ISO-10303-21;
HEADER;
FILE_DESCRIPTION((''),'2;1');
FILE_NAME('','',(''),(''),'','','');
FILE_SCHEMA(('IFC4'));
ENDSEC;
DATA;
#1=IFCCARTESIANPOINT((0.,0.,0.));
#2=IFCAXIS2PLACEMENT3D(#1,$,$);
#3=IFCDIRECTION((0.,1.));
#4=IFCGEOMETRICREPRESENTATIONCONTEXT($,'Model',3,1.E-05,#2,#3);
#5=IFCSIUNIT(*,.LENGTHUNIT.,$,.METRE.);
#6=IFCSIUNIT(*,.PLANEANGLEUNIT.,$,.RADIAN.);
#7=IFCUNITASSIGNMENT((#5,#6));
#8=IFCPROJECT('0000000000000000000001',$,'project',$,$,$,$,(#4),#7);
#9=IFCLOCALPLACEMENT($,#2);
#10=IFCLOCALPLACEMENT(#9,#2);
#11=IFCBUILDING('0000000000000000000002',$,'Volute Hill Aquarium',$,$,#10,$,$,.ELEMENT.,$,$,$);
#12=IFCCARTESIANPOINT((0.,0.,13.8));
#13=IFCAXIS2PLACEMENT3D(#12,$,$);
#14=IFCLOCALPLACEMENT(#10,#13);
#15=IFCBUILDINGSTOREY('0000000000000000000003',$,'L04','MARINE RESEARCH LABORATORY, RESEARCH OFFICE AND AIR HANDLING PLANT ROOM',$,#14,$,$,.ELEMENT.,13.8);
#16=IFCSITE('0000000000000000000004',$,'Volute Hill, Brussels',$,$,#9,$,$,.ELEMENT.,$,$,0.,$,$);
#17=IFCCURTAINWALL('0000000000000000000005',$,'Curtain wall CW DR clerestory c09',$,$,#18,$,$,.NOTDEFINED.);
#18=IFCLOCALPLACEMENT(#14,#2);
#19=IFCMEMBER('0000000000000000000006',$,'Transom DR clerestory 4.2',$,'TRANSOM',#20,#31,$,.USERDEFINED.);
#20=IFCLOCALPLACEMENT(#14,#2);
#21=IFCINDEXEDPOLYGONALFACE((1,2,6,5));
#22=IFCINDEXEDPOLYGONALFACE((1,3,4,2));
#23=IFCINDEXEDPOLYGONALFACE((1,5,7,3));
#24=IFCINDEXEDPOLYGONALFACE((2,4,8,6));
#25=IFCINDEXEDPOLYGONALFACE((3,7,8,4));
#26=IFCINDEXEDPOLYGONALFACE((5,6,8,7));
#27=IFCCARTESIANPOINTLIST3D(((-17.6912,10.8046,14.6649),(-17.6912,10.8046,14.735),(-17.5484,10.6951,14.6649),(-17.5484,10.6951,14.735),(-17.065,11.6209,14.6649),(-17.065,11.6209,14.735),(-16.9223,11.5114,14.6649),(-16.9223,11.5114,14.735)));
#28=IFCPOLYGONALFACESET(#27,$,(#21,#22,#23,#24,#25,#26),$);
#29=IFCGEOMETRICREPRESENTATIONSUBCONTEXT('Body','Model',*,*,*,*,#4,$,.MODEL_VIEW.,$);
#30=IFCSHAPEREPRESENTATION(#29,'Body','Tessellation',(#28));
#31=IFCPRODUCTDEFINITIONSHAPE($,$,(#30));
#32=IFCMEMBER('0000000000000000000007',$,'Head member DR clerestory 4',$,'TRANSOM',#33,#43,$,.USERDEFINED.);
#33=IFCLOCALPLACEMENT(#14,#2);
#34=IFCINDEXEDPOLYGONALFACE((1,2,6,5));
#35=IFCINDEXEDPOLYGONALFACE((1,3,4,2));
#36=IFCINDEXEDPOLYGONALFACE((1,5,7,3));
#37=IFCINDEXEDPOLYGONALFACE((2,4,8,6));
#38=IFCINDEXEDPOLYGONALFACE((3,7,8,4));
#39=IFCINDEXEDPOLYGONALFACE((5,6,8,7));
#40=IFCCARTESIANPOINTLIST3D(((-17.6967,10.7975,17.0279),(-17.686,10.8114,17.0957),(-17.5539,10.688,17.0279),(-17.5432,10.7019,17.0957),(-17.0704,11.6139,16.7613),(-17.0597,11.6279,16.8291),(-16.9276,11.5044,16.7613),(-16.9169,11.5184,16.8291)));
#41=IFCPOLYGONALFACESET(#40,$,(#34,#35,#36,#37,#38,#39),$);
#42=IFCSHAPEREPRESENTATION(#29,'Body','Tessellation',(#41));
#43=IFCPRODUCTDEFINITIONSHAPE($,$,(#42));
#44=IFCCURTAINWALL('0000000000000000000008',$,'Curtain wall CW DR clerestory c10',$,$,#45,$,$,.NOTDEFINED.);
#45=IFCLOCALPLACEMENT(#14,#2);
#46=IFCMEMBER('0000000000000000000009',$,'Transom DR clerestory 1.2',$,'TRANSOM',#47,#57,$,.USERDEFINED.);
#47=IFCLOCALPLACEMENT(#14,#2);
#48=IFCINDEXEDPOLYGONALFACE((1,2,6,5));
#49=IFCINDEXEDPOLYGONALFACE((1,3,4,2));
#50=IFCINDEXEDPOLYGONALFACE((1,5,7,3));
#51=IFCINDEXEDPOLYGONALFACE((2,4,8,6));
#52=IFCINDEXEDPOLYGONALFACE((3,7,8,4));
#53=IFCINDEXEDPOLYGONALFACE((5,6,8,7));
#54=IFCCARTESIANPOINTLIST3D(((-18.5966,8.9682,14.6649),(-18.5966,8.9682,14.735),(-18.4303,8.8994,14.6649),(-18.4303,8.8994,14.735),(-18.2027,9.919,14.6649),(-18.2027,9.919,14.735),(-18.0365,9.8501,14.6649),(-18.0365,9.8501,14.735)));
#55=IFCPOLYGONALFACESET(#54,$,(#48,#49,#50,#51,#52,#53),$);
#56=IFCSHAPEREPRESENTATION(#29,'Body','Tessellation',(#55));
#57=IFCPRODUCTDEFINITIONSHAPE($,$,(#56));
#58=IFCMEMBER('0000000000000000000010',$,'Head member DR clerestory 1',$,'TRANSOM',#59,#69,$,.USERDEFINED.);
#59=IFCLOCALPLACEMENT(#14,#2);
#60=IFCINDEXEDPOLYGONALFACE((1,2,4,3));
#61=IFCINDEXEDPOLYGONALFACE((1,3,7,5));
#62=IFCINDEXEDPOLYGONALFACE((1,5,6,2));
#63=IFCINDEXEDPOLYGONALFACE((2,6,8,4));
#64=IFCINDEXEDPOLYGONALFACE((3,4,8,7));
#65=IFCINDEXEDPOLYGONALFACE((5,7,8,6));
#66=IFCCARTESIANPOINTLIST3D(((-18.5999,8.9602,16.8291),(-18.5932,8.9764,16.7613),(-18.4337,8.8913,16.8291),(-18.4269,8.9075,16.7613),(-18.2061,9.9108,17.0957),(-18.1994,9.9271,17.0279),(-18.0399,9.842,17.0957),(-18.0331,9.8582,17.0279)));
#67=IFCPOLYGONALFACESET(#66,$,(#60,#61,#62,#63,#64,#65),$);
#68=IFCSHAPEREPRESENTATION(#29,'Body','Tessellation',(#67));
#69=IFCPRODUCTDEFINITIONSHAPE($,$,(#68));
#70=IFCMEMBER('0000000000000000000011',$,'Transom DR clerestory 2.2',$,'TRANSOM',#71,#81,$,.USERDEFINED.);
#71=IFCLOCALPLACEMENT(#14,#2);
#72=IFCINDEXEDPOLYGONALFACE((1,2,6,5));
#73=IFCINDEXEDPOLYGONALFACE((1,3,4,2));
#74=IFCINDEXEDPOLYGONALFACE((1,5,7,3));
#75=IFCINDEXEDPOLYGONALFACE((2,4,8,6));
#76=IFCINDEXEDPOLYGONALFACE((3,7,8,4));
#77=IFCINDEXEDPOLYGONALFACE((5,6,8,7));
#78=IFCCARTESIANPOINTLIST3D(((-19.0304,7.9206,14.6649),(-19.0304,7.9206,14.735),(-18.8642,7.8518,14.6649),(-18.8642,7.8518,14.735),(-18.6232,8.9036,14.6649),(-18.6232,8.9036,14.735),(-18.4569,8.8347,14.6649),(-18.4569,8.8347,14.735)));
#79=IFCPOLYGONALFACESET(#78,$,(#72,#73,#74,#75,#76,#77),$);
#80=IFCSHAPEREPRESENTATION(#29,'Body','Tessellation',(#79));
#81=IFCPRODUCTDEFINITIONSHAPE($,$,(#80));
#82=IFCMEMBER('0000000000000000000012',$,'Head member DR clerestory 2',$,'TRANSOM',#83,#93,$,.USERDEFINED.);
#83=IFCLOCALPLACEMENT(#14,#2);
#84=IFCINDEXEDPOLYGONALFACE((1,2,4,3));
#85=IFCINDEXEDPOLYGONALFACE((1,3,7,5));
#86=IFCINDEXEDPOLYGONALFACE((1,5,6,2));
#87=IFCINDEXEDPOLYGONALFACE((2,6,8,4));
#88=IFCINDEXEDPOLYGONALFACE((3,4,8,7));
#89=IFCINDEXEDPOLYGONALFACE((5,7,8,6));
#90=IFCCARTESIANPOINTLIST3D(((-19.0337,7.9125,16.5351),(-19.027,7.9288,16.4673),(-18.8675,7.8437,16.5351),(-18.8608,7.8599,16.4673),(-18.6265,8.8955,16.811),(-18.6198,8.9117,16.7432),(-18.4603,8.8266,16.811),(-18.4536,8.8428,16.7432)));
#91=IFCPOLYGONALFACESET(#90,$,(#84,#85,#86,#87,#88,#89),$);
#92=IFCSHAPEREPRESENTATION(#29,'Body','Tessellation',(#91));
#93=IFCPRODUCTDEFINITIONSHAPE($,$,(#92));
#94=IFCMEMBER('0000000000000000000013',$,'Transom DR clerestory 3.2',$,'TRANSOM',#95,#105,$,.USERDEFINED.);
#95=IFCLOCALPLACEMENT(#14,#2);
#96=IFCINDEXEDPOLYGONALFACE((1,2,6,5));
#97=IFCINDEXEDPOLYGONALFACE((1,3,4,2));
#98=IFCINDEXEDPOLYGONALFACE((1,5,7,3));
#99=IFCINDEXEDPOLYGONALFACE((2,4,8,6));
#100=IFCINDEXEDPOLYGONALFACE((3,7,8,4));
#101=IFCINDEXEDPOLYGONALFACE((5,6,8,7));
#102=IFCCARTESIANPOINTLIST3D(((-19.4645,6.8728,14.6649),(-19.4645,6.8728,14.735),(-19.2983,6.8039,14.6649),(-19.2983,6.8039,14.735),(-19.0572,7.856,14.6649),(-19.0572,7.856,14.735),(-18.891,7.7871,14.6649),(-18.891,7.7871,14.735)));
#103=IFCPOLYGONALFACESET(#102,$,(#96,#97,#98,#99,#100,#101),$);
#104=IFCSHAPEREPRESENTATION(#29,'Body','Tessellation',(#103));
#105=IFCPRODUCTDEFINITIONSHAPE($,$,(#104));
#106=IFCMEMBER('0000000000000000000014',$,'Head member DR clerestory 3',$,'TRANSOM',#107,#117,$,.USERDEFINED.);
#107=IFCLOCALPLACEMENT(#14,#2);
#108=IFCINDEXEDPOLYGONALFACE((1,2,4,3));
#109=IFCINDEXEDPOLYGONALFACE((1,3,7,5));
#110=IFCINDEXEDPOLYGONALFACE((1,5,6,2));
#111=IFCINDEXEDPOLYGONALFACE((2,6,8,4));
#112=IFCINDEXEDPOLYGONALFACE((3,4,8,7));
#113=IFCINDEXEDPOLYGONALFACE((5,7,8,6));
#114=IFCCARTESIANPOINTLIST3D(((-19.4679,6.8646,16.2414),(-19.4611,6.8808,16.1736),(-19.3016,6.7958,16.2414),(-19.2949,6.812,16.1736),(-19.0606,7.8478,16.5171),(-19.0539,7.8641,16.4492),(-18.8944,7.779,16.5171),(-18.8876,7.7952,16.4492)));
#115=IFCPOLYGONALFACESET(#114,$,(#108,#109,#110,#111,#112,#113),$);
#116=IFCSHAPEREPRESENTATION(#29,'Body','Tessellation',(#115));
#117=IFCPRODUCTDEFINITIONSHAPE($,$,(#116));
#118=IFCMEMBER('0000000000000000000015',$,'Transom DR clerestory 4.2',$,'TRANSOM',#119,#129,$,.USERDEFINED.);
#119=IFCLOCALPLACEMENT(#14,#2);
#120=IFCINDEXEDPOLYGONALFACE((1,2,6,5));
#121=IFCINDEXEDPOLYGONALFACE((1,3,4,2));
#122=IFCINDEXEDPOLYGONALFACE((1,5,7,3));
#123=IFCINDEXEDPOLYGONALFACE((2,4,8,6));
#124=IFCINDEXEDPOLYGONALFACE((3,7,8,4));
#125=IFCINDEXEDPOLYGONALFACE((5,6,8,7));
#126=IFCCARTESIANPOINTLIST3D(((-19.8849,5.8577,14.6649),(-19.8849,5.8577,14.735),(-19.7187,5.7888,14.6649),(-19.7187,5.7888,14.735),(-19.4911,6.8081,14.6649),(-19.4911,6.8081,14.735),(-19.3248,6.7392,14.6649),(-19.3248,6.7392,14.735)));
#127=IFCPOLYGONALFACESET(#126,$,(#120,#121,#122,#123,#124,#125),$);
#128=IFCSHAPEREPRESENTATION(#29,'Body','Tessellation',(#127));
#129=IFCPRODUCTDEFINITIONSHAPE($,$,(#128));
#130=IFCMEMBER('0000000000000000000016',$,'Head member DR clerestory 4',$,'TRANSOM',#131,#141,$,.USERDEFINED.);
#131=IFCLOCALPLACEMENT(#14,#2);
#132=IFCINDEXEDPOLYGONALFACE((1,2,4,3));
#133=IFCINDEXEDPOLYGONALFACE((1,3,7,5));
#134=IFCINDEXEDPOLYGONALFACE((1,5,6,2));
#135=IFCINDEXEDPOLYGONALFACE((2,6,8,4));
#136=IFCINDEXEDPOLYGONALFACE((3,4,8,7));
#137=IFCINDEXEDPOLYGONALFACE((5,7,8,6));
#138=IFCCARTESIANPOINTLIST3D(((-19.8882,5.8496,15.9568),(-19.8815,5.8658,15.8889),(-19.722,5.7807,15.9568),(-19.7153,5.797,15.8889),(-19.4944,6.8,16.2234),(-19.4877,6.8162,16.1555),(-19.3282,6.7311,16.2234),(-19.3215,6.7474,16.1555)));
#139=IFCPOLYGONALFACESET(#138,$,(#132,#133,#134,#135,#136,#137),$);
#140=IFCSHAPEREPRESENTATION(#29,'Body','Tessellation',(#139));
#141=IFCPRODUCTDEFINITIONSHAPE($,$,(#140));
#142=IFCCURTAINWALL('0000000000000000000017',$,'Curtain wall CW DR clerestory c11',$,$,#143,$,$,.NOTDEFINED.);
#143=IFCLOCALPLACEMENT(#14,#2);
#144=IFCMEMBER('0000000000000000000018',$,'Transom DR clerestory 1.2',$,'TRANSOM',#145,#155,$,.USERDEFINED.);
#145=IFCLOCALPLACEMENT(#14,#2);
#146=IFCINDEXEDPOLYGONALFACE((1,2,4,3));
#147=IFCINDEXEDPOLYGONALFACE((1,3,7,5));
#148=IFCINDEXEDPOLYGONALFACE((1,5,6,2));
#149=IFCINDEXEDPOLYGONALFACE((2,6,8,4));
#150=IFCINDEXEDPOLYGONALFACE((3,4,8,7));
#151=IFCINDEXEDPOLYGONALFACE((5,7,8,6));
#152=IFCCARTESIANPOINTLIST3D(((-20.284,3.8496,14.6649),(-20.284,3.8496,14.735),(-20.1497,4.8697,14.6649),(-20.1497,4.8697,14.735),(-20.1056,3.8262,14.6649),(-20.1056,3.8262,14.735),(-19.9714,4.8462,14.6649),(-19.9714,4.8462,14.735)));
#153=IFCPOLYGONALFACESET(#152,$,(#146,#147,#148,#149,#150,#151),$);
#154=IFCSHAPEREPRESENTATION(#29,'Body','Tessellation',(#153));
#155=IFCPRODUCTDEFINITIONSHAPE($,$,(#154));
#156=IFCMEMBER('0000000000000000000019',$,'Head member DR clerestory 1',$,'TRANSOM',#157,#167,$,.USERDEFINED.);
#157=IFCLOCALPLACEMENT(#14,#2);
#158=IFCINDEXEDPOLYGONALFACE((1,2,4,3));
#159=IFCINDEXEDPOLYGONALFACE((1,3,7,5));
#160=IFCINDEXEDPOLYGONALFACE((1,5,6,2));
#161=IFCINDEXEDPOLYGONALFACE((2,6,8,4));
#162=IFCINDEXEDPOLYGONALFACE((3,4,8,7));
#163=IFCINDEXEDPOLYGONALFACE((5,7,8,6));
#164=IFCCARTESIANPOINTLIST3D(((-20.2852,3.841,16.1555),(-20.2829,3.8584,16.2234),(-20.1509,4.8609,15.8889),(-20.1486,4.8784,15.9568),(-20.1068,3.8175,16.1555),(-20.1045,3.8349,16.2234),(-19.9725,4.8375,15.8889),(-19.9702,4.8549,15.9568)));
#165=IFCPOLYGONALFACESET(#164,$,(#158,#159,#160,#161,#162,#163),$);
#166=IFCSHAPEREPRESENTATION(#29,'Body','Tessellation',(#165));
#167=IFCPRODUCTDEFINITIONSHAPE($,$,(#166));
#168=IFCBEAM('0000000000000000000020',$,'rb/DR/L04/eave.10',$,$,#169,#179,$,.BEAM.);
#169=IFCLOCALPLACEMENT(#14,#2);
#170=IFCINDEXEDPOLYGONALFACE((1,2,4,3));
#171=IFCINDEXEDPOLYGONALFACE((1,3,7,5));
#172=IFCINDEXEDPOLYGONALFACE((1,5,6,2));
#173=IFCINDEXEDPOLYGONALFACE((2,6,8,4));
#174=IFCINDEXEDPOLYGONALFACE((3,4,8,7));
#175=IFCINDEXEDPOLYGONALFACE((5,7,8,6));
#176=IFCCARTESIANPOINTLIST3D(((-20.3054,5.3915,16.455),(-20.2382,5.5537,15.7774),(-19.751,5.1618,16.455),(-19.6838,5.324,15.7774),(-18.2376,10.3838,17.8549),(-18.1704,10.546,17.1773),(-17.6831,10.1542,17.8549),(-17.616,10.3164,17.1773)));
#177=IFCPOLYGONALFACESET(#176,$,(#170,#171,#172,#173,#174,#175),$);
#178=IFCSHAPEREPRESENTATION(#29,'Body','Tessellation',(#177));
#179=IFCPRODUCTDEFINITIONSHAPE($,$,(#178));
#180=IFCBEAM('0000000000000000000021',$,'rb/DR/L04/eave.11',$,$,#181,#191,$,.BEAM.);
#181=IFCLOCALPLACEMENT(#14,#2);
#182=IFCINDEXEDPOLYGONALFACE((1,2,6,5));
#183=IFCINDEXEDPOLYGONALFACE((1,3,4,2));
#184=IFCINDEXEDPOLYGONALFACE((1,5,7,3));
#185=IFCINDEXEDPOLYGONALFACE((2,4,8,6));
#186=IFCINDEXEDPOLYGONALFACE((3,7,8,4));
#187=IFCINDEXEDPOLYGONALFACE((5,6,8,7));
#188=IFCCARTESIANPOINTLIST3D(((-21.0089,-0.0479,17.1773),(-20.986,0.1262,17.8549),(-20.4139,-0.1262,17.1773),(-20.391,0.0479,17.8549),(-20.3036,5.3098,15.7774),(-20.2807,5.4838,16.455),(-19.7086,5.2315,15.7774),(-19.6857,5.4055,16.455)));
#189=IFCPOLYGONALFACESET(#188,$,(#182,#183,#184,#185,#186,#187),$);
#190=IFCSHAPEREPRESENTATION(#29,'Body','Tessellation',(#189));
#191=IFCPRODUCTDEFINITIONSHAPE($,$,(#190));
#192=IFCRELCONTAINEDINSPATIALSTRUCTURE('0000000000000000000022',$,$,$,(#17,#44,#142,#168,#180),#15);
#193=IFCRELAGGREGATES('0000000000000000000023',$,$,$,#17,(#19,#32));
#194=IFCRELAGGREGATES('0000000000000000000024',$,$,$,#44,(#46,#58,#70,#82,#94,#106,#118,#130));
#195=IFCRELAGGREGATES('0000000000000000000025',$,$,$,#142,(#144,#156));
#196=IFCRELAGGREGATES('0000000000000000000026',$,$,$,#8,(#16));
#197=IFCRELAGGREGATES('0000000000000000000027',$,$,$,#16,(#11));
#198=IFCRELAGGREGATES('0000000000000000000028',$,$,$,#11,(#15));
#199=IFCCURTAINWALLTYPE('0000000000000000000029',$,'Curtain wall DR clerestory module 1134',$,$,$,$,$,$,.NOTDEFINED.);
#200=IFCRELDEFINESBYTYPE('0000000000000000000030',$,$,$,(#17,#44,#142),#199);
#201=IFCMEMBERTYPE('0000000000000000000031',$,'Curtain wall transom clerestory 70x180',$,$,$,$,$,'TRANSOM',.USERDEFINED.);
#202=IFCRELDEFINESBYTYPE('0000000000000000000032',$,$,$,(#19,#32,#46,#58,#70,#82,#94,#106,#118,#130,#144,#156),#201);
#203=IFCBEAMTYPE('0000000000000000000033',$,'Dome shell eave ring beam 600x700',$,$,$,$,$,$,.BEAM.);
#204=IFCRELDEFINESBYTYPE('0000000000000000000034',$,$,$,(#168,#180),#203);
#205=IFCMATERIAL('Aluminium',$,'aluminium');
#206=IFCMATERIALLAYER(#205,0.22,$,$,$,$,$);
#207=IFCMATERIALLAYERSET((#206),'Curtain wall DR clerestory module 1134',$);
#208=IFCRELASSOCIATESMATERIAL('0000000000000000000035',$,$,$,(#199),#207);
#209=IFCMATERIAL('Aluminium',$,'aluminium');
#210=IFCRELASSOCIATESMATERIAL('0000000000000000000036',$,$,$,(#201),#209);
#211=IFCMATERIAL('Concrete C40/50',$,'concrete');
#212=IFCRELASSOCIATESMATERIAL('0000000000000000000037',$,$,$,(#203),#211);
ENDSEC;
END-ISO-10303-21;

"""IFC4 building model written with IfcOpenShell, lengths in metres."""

from ifc_helpers import new_model, si_unit, direction, frame, origin, origin_2d, place, context, subcontext, project, spatial, rectangle, extrude, material, layer, layer_set, material_profile, profile_set, type_object, element, aggregate, save


model = new_model("IFC4")

# Units and contexts
model_context = context("Model", 3, precision=1e-05, world=origin(), true_north=direction((0.0, 1.0)))
body_context = subcontext(model_context, "Body", "Model", "MODEL_VIEW")
ifc_project = project(units=[si_unit("LENGTHUNIT", "METRE"), si_unit("PLANEANGLEUNIT", "RADIAN")], contexts=[model_context])

# Site, building, storey
site_placement = place(None, origin())
site = spatial("IfcSite", under=ifc_project, at=site_placement, Name="Volute Hill, Brussels", CompositionType="ELEMENT", RefElevation=0.0)
building_placement = place(site_placement, origin())
building = spatial("IfcBuilding", under=site, at=building_placement, Name="Volute Hill Aquarium", CompositionType="ELEMENT")
storey_placement = place(building_placement, frame((0.0, 0.0, 13.8)))
storey = spatial("IfcBuildingStorey", under=building, at=storey_placement, Name="L04", Description="MARINE RESEARCH LABORATORY, RESEARCH OFFICE AND AIR HANDLING PLANT ROOM", CompositionType="ELEMENT", Elevation=13.8)

# Curtain walls, members
ifc_material_1 = material(Name="Aluminium", Category="aluminium")
ifc_layer_1 = layer(ifc_material_1, 0.22)
ifc_layer_set_1 = layer_set([ifc_layer_1], Name="Curtain wall DR clerestory module 1134")
curtain_wall_type = type_object("IfcCurtainWallType", Name="Curtain wall DR clerestory module 1134", PredefinedType="NOTDEFINED", material=ifc_layer_set_1)
curtain_wall_1_placement = place(storey_placement, origin())
curtain_wall_1 = element("IfcCurtainWall", 1, at=curtain_wall_1_placement, inside=storey, type_object=curtain_wall_type, Name="Curtain wall CW DR clerestory c09", PredefinedType="NOTDEFINED")
ifc_material_2 = material(Name="Aluminium", Category="aluminium")
ifc_material_profile_1 = material_profile(ifc_material_2, rectangle(XDim=0.1799, YDim=0.0701, at=origin_2d()), Name="Curtain wall transom clerestory 70x180")
ifc_profile_set_1 = profile_set([ifc_material_profile_1], Name="Aluminium")
member_type = type_object("IfcMemberType", Name="Curtain wall transom clerestory 70x180", ElementType="TRANSOM", PredefinedType="USERDEFINED", material=ifc_profile_set_1)
member_1_placement = place(storey_placement, frame((-16.9937, 11.5662, 14.7), z_axis=(-0.608621, -0.793461, 0.0), x_axis=(0.793461, -0.608621, 0.0)))
member_1 = element("IfcMember", 2, at=member_1_placement, type_object=member_type, Name="Transom DR clerestory 4.2", ObjectType="TRANSOM", PredefinedType="USERDEFINED", context=body_context, shape_type="SweptSolid", body=[
    extrude(rectangle(XDim=0.1799, YDim=0.0701, at=origin_2d()), origin(), (0.0, 0.0, 1.0), 1.0288),
])
member_2_placement = place(storey_placement, frame((-16.9937, 11.5662, 16.7952), z_axis=(-0.589165, -0.768096, 0.250826), x_axis=(0.793461, -0.608621, 0.0)))
member_2 = element("IfcMember", 3, at=member_2_placement, type_object=member_type, Name="Head member DR clerestory 4", ObjectType="TRANSOM", PredefinedType="USERDEFINED", context=body_context, shape_type="SweptSolid", body=[
    extrude(rectangle(XDim=0.1799, YDim=0.0701, at=origin_2d()), origin(), (0.0, 0.0, 1.0), 1.063),
])
curtain_wall_2_placement = place(storey_placement, origin())
curtain_wall_2 = element("IfcCurtainWall", 4, at=curtain_wall_2_placement, inside=storey, type_object=curtain_wall_type, Name="Curtain wall CW DR clerestory c10", PredefinedType="NOTDEFINED")
member_3_placement = place(storey_placement, frame((-18.1196, 9.8845, 14.7), z_axis=(-0.382694, -0.923875, 0.0), x_axis=(0.923875, -0.382694, 0.0)))
member_3 = element("IfcMember", 5, at=member_3_placement, type_object=member_type, Name="Transom DR clerestory 1.2", ObjectType="TRANSOM", PredefinedType="USERDEFINED", context=body_context, shape_type="SweptSolid", body=[
    extrude(rectangle(XDim=0.1799, YDim=0.0701, at=origin_2d()), origin(), (0.0, 0.0, 1.0), 1.0291),
])
member_4_placement = place(storey_placement, frame((-18.1196, 9.8845, 17.0618), z_axis=(-0.370462, -0.894346, -0.250803), x_axis=(0.923875, -0.382694, 0.0)))
member_4 = element("IfcMember", 6, at=member_4_placement, type_object=member_type, Name="Head member DR clerestory 1", ObjectType="TRANSOM", PredefinedType="USERDEFINED", context=body_context, shape_type="SweptSolid", body=[
    extrude(rectangle(XDim=0.1799, YDim=0.0701, at=origin_2d()), origin(), (0.0, 0.0, 1.0), 1.063),
])
member_5_placement = place(storey_placement, frame((-18.54, 8.8691, 14.7), z_axis=(-0.382757, -0.923849, 0.0), x_axis=(0.923849, -0.382757, 0.0)))
member_5 = element("IfcMember", 7, at=member_5_placement, type_object=member_type, Name="Transom DR clerestory 2.2", ObjectType="TRANSOM", PredefinedType="USERDEFINED", context=body_context, shape_type="SweptSolid", body=[
    extrude(rectangle(XDim=0.1799, YDim=0.0701, at=origin_2d()), origin(), (0.0, 0.0, 1.0), 1.064),
])
member_6_placement = place(storey_placement, frame((-18.54, 8.8691, 16.7771), z_axis=(-0.370504, -0.894274, -0.251001), x_axis=(0.923849, -0.382757, 0.0)))
member_6 = element("IfcMember", 8, at=member_6_placement, type_object=member_type, Name="Head member DR clerestory 2", ObjectType="TRANSOM", PredefinedType="USERDEFINED", context=body_context, shape_type="SweptSolid", body=[
    extrude(rectangle(XDim=0.1799, YDim=0.0701, at=origin_2d()), origin(), (0.0, 0.0, 1.0), 1.0991),
])
member_7_placement = place(storey_placement, frame((-18.9741, 7.8215, 14.7), z_axis=(-0.382676, -0.923883, 0.0), x_axis=(0.923883, -0.382676, 0.0)))
member_7 = element("IfcMember", 9, at=member_7_placement, type_object=member_type, Name="Transom DR clerestory 3.2", ObjectType="TRANSOM", PredefinedType="USERDEFINED", context=body_context, shape_type="SweptSolid", body=[
    extrude(rectangle(XDim=0.1799, YDim=0.0701, at=origin_2d()), origin(), (0.0, 0.0, 1.0), 1.0642),
])
member_8_placement = place(storey_placement, frame((-18.9741, 7.8215, 16.4832), z_axis=(-0.370451, -0.894368, -0.250743), x_axis=(0.923883, -0.382676, 0.0)))
member_8 = element("IfcMember", 10, at=member_8_placement, type_object=member_type, Name="Head member DR clerestory 3", ObjectType="TRANSOM", PredefinedType="USERDEFINED", context=body_context, shape_type="SweptSolid", body=[
    extrude(rectangle(XDim=0.1799, YDim=0.0701, at=origin_2d()), origin(), (0.0, 0.0, 1.0), 1.0994),
])
member_9_placement = place(storey_placement, frame((-19.408, 6.7737, 14.7), z_axis=(-0.382778, -0.92384, 0.0), x_axis=(0.92384, -0.382778, 0.0)))
member_9 = element("IfcMember", 11, at=member_9_placement, type_object=member_type, Name="Transom DR clerestory 4.2", ObjectType="TRANSOM", PredefinedType="USERDEFINED", context=body_context, shape_type="SweptSolid", body=[
    extrude(rectangle(XDim=0.1799, YDim=0.0701, at=origin_2d()), origin(), (0.0, 0.0, 1.0), 1.0288),
])
member_10_placement = place(storey_placement, frame((-19.408, 6.7737, 16.1895), z_axis=(-0.370539, -0.8943, -0.250854), x_axis=(0.92384, -0.382778, 0.0)))
member_10 = element("IfcMember", 12, at=member_10_placement, type_object=member_type, Name="Head member DR clerestory 4", ObjectType="TRANSOM", PredefinedType="USERDEFINED", context=body_context, shape_type="SweptSolid", body=[
    extrude(rectangle(XDim=0.1799, YDim=0.0701, at=origin_2d()), origin(), (0.0, 0.0, 1.0), 1.0627),
])
curtain_wall_3_placement = place(storey_placement, origin())
curtain_wall_3 = element("IfcCurtainWall", 13, at=curtain_wall_3_placement, inside=storey, type_object=curtain_wall_type, Name="Curtain wall CW DR clerestory c11", PredefinedType="NOTDEFINED")
member_11_placement = place(storey_placement, frame((-20.0605, 4.8579, 14.7), z_axis=(-0.130516, -0.991446, 0.0), x_axis=(0.991446, -0.130516, 0.0)))
member_11 = element("IfcMember", 14, at=member_11_placement, type_object=member_type, Name="Transom DR clerestory 1.2", ObjectType="TRANSOM", PredefinedType="USERDEFINED", context=body_context, shape_type="SweptSolid", body=[
    extrude(rectangle(XDim=0.1799, YDim=0.0701, at=origin_2d()), origin(), (0.0, 0.0, 1.0), 1.0288),
])
member_12_placement = place(storey_placement, frame((-20.0605, 4.8579, 15.9229), z_axis=(-0.126343, -0.959746, 0.250848), x_axis=(0.991446, -0.130516, 0.0)))
member_12 = element("IfcMember", 15, at=member_12_placement, type_object=member_type, Name="Head member DR clerestory 1", ObjectType="TRANSOM", PredefinedType="USERDEFINED", context=body_context, shape_type="SweptSolid", body=[
    extrude(rectangle(XDim=0.1799, YDim=0.0701, at=origin_2d()), origin(), (0.0, 0.0, 1.0), 1.0627),
])

# Beams
ifc_material_3 = material(Name="Concrete C40/50", Category="concrete")
ifc_material_profile_2 = material_profile(ifc_material_3, rectangle(XDim=0.6001, YDim=0.7, at=origin_2d()), Name="RC beam 600x700")
ifc_profile_set_2 = profile_set([ifc_material_profile_2], Name="Concrete C40/50")
beam_type_1 = type_object("IfcBeamType", Name="Dome shell eave ring beam 600x700", PredefinedType="BEAM", material=ifc_profile_set_2)
beam_1_placement = place(storey_placement, frame((-17.9268, 10.3501, 17.5161), z_axis=(-0.370445, -0.894359, -0.250783), x_axis=(0.923884, -0.382674, 0.0)))
element("IfcBeam", 16, at=beam_1_placement, inside=storey, type_object=beam_type_1, Name="rb/DR/L04/eave.10", PredefinedType="BEAM", context=body_context, shape_type="SweptSolid", body=[
    extrude(rectangle(XDim=0.6001, YDim=0.7, at=origin_2d()), origin(), (0.0, 0.0, 1.0), 5.582),
])
beam_2_placement = place(storey_placement, frame((-19.9946, 5.3577, 16.1162), z_axis=(-0.12635, -0.959764, 0.250776), x_axis=(0.991446, -0.130521, 0.0)))
element("IfcBeam", 17, at=beam_2_placement, inside=storey, type_object=beam_type_1, Name="rb/DR/L04/eave.11", PredefinedType="BEAM", context=body_context, shape_type="SweptSolid", body=[
    extrude(rectangle(XDim=0.6001, YDim=0.7, at=origin_2d()), origin(), (0.0, 0.0, 1.0), 5.5823),
])

aggregate(curtain_wall_1, [member_1, member_2])
aggregate(curtain_wall_2, [member_3, member_4, member_5, member_6, member_7, member_8, member_9, member_10])
aggregate(curtain_wall_3, [member_11, member_12])

save(model, "model.ifc")
